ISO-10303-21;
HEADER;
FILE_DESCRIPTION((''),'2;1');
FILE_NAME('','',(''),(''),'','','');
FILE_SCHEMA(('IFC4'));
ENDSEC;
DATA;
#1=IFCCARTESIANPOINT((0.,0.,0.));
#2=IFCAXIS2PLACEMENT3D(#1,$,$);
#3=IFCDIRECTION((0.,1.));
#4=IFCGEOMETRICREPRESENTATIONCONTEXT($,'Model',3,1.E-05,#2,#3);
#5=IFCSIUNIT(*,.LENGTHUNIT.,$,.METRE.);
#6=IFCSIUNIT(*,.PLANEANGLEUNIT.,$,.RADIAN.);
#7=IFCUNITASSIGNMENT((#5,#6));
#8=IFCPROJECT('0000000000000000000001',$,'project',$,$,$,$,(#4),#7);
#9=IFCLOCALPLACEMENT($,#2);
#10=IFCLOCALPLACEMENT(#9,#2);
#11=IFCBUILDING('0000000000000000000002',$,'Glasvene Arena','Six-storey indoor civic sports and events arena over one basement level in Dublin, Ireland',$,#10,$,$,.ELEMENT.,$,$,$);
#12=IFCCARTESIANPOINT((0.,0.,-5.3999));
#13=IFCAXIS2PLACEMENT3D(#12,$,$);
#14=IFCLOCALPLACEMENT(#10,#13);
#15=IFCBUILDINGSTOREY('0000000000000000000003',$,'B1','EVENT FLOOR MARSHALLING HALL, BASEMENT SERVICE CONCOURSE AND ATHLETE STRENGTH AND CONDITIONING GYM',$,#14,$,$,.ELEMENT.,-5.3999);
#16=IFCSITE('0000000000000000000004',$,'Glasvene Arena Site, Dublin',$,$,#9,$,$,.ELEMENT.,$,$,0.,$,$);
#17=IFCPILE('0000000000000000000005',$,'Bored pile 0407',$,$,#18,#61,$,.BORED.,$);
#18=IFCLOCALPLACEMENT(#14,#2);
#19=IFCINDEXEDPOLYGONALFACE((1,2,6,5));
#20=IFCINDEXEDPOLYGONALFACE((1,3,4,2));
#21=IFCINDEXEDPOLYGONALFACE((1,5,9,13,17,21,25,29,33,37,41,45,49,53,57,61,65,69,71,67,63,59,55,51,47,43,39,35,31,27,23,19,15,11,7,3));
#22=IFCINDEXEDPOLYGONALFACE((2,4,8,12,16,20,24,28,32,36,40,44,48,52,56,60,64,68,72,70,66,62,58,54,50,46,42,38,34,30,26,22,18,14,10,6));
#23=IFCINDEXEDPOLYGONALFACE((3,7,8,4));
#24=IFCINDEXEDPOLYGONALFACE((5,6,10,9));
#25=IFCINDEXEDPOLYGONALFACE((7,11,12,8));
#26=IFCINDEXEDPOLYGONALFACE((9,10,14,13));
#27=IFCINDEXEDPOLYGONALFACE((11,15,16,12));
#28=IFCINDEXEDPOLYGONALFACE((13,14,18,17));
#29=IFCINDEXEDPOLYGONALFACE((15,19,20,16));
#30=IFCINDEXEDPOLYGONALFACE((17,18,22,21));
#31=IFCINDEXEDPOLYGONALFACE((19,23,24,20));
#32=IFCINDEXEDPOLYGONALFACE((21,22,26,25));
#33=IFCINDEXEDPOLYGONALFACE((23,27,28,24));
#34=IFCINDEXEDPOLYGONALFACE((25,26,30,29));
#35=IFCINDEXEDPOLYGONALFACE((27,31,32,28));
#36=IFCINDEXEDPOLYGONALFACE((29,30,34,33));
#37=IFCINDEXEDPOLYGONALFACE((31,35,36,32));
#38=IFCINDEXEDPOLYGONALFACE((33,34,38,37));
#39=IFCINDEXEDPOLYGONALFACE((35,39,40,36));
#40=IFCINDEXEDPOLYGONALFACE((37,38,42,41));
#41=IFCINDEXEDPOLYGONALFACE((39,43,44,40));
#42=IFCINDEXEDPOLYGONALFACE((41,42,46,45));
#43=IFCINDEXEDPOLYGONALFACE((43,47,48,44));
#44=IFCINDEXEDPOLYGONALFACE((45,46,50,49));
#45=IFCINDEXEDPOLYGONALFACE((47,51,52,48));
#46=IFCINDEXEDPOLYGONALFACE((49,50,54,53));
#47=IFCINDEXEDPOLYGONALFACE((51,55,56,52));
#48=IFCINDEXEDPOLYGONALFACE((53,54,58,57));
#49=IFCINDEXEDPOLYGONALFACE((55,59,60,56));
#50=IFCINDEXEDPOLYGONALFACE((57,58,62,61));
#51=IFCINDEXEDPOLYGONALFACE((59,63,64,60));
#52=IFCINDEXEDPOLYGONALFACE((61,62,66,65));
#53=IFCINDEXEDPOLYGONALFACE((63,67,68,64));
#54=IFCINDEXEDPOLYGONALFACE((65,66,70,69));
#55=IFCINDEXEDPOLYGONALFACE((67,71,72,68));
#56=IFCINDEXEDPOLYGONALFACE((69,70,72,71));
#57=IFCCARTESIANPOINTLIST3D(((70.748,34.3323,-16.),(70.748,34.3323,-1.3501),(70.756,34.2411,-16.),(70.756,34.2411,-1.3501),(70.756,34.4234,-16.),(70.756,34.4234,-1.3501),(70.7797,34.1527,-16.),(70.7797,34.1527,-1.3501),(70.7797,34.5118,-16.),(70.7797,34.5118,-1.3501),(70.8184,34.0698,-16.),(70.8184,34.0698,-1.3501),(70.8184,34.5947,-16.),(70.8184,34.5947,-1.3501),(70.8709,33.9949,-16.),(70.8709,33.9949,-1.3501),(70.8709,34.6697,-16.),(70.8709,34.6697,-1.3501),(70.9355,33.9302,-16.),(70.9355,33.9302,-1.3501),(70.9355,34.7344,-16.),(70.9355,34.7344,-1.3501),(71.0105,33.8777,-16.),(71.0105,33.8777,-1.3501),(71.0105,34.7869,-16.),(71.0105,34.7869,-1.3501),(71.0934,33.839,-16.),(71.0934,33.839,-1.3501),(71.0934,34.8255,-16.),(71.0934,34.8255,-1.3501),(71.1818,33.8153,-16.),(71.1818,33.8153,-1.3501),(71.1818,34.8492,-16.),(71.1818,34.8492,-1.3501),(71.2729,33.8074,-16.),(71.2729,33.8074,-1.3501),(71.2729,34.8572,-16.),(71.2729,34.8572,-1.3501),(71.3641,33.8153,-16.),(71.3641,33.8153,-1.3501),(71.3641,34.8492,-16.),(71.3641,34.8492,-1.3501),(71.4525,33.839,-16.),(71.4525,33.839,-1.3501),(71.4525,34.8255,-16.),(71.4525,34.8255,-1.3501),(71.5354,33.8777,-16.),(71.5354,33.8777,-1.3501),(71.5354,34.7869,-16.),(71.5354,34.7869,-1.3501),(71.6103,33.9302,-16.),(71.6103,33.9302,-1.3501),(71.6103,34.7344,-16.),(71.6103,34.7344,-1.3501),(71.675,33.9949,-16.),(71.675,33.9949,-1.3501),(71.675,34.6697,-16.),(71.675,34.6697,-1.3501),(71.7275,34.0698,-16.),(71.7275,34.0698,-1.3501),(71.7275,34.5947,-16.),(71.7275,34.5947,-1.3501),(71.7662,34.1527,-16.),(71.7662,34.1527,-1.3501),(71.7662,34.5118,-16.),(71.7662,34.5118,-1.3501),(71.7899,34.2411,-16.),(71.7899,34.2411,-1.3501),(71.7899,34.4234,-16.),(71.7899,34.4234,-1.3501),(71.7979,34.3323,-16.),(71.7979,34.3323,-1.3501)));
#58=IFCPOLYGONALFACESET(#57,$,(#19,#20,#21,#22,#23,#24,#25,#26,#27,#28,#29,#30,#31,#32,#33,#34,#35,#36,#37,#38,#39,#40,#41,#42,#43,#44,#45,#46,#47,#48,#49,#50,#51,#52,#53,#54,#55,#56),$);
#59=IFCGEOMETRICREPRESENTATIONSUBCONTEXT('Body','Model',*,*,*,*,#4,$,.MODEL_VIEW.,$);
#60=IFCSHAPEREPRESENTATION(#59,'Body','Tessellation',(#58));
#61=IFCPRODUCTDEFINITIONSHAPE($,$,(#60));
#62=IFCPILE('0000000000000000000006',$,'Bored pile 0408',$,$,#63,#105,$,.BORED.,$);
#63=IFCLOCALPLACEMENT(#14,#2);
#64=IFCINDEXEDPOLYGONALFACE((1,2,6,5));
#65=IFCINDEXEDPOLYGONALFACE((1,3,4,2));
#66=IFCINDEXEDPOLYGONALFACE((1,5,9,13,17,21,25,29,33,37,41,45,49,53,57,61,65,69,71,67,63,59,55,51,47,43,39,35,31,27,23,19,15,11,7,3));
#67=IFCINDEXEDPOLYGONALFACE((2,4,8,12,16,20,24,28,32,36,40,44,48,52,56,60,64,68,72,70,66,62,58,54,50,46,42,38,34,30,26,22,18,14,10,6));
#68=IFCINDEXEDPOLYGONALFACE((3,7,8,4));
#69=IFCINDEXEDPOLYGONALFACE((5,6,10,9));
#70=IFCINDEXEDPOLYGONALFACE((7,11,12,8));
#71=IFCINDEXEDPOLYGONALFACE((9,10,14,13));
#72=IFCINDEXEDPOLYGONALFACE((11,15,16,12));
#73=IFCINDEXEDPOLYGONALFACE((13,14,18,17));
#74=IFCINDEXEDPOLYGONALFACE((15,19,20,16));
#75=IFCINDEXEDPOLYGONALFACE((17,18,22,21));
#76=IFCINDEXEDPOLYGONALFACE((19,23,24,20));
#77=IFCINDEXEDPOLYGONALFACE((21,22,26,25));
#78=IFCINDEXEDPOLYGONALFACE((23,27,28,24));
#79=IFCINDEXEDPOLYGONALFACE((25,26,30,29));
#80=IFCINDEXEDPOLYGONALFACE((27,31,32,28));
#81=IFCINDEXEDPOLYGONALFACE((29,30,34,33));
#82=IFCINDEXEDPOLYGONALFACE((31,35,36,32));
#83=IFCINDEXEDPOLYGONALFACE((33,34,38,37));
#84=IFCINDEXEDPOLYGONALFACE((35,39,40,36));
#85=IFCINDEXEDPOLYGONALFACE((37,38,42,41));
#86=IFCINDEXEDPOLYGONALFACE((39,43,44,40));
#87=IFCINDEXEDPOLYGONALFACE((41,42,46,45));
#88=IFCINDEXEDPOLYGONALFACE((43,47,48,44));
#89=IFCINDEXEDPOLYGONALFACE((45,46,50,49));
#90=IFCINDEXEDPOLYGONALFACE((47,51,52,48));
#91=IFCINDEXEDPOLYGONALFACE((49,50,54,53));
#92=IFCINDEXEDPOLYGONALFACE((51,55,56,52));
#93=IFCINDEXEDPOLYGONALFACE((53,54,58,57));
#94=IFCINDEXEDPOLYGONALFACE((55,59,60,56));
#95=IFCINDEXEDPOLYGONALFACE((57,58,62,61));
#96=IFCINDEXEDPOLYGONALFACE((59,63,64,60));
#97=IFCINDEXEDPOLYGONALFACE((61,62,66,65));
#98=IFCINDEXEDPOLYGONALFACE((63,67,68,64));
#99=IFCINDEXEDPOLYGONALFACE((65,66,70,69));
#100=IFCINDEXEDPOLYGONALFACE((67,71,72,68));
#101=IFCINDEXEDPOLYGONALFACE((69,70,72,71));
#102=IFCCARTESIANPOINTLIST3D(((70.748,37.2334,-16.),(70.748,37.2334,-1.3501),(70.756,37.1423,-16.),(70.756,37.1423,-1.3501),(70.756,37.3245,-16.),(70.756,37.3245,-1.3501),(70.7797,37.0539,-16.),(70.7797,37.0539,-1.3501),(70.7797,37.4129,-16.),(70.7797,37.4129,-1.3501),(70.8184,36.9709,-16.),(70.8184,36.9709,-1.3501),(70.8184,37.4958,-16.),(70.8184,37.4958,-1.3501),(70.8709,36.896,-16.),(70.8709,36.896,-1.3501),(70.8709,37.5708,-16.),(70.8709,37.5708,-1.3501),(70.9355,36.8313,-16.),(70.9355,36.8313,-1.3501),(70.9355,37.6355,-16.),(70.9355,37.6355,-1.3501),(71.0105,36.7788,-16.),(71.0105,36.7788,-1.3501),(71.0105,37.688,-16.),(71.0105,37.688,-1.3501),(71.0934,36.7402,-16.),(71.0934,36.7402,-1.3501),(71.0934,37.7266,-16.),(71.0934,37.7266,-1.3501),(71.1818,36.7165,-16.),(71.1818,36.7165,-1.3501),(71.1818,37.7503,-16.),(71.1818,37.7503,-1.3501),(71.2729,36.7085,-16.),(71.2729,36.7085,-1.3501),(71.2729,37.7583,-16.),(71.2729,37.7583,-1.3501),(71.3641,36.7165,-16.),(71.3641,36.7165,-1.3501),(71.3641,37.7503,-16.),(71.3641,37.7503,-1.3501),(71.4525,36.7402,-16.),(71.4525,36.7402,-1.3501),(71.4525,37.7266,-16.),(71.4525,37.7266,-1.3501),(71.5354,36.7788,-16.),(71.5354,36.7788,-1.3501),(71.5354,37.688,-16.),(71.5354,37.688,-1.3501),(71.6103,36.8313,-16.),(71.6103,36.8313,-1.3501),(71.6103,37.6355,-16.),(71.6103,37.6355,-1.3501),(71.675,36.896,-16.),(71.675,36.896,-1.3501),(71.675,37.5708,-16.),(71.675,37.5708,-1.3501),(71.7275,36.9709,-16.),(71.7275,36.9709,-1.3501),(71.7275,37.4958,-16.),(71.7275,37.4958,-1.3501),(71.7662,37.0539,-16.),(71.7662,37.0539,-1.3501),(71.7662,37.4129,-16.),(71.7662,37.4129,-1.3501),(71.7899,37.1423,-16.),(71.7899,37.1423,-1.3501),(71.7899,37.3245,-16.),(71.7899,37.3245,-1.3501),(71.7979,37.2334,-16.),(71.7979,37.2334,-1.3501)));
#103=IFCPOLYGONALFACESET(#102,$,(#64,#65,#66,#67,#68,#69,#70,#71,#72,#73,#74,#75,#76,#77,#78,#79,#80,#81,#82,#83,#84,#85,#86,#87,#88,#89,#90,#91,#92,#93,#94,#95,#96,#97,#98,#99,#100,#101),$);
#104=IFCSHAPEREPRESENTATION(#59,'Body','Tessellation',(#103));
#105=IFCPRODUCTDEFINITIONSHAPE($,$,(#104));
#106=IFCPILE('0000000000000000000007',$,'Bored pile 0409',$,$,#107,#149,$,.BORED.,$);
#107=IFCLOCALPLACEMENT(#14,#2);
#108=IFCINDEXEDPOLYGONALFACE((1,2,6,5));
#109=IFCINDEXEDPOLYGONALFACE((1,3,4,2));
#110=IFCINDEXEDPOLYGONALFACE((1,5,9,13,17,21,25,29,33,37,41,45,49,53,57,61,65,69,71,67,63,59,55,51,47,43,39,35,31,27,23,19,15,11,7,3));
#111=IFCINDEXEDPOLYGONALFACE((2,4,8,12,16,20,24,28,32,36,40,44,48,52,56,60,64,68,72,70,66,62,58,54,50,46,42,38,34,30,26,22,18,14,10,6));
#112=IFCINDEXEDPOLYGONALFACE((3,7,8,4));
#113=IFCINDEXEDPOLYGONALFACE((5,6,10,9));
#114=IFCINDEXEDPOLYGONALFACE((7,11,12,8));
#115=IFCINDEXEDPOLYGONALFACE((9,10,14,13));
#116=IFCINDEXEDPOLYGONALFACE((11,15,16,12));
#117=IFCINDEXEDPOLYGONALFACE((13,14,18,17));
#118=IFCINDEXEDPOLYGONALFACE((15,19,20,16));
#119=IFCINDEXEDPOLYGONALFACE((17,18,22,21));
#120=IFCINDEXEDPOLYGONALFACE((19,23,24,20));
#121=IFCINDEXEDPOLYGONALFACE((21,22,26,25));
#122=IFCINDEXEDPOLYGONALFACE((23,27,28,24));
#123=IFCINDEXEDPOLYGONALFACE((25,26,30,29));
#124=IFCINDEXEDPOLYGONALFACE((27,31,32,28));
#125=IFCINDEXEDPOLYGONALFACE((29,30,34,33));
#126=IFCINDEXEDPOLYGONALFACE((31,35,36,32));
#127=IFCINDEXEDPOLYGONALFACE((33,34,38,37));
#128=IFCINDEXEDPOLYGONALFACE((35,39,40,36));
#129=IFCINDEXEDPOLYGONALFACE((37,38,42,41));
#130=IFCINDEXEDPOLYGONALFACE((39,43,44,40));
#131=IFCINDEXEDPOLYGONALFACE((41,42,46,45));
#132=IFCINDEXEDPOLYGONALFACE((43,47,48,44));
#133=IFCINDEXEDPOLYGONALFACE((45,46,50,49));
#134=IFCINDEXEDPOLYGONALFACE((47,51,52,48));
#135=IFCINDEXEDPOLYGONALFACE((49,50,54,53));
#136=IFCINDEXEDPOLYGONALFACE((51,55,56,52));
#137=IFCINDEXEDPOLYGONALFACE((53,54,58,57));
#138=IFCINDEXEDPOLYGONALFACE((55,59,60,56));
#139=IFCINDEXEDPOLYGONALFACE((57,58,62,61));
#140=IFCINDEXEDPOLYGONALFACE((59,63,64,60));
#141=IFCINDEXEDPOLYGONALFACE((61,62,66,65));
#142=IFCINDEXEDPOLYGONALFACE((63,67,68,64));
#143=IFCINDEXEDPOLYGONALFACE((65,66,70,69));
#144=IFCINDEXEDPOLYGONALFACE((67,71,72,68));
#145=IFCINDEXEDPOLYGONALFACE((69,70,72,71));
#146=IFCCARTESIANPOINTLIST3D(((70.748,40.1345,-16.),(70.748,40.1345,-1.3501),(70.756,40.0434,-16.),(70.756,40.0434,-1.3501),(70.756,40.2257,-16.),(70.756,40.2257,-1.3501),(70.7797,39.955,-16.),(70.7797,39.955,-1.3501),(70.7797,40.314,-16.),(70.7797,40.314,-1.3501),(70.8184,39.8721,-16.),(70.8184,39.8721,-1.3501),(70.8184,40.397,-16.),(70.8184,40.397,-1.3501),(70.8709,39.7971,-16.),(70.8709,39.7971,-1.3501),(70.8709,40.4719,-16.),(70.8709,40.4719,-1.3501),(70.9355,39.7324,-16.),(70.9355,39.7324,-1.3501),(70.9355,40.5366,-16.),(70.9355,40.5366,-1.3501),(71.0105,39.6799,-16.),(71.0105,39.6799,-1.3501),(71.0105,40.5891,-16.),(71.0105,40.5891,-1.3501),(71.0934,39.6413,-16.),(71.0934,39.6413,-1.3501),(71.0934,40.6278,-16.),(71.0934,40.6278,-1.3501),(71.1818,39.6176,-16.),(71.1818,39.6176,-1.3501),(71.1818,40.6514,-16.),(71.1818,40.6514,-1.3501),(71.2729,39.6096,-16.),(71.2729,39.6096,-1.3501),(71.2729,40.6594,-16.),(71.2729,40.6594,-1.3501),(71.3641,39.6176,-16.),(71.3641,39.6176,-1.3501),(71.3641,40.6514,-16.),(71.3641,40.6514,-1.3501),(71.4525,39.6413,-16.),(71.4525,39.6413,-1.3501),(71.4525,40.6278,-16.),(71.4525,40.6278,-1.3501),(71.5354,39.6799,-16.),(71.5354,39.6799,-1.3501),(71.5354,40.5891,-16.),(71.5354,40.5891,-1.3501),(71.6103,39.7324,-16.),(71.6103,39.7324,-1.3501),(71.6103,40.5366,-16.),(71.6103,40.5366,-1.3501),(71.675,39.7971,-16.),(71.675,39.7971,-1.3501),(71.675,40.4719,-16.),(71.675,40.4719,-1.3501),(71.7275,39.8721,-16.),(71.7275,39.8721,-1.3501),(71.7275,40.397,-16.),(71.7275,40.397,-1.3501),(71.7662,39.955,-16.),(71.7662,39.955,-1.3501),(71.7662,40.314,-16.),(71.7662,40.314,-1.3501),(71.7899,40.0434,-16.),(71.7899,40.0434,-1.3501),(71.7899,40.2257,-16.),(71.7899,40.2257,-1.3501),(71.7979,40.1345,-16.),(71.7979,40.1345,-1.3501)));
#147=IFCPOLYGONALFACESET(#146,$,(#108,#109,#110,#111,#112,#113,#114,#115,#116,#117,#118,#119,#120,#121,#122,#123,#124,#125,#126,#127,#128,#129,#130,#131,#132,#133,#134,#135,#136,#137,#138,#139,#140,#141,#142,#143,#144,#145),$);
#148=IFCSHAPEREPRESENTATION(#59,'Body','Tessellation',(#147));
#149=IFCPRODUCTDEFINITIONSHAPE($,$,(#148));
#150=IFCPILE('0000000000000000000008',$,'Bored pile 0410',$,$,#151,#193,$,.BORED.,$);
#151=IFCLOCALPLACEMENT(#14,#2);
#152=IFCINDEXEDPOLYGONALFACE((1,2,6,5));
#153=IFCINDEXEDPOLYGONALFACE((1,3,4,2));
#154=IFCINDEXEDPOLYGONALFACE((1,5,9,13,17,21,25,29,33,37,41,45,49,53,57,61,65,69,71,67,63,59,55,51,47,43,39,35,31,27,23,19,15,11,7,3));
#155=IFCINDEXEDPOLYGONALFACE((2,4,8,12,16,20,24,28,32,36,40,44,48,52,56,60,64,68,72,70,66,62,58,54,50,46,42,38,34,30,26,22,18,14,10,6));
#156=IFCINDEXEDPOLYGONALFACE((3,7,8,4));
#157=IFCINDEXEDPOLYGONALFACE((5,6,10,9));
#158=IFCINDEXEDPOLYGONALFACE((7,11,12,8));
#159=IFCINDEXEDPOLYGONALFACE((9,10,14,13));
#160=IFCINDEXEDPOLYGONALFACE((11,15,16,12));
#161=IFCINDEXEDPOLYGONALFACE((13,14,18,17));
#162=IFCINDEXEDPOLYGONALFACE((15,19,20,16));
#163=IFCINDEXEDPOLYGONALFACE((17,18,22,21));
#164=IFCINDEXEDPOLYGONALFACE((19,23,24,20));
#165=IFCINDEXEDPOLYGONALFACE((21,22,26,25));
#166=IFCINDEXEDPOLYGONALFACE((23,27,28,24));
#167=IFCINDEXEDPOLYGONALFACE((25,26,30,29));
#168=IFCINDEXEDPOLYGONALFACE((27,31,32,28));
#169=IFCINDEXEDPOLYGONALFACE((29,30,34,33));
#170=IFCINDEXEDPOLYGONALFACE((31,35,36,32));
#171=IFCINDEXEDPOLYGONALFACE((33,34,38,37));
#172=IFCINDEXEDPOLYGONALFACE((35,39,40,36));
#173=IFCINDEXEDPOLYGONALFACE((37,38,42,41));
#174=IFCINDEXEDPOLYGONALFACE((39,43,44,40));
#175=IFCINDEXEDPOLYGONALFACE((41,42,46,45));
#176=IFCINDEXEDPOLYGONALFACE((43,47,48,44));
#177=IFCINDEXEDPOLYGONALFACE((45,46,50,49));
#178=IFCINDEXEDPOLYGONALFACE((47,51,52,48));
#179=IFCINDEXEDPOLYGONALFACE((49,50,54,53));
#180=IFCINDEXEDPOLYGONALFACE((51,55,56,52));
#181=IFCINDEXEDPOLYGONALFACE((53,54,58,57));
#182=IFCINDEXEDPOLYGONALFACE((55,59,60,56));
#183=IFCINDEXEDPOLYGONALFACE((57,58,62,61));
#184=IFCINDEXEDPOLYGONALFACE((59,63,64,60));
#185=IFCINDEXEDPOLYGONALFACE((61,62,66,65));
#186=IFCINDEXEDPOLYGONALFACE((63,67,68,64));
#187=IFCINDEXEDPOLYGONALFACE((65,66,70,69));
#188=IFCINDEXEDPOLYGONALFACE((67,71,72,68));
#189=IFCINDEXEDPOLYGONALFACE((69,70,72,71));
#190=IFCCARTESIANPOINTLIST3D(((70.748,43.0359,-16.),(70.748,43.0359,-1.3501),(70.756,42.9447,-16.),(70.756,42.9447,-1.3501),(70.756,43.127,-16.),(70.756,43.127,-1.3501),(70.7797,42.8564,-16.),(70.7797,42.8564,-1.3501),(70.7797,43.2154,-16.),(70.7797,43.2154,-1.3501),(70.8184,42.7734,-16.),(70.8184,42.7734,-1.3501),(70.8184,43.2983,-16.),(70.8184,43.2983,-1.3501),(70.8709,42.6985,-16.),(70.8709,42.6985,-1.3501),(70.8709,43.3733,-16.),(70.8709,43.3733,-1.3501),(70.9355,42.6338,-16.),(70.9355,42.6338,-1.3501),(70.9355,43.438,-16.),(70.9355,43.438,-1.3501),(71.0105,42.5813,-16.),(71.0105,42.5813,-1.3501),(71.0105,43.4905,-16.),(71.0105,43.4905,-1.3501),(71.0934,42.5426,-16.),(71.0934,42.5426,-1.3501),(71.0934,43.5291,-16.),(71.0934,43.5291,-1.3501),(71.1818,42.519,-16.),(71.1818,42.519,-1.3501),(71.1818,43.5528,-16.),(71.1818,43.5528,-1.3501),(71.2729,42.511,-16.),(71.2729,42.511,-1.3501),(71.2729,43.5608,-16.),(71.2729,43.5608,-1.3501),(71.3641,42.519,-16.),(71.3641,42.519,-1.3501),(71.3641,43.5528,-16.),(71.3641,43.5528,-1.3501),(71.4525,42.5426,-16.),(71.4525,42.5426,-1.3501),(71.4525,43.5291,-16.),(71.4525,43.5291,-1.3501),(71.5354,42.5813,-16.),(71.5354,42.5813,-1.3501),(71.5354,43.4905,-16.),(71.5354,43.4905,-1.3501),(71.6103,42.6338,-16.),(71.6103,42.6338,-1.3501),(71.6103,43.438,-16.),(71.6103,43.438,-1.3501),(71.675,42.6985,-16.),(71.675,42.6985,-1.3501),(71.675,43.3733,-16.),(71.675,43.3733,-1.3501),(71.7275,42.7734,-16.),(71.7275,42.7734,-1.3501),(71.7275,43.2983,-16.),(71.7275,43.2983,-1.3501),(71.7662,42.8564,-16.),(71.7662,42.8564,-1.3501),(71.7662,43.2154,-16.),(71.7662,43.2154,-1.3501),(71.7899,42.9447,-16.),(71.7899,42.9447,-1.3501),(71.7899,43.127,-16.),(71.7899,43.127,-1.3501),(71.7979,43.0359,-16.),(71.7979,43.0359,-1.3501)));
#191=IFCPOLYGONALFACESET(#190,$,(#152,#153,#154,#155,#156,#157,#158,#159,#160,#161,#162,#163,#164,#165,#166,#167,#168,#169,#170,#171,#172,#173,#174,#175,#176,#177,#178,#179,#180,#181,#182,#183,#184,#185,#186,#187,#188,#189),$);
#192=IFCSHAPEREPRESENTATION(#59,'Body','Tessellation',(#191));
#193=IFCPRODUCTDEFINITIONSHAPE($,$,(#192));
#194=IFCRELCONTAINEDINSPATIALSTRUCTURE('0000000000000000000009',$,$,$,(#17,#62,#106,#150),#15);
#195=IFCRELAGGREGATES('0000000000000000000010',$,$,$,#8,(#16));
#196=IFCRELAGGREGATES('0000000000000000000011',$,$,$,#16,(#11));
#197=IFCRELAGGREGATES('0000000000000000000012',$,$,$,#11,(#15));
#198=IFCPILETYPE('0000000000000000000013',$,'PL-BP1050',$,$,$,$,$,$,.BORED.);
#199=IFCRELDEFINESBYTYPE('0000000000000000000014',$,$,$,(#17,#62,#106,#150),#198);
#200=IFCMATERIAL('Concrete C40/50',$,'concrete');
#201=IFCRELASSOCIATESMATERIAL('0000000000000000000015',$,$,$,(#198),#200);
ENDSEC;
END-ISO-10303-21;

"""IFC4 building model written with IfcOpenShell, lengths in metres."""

from ifc_helpers import new_model, si_unit, direction, frame, origin, origin_2d, place, context, subcontext, project, spatial, circle, extrude, material, material_profile, profile_set, type_object, element, save


model = new_model("IFC4")

# Units and contexts
model_context = context("Model", 3, precision=1e-05, world=origin(), true_north=direction((0.0, 1.0)))
body_context = subcontext(model_context, "Body", "Model", "MODEL_VIEW")
ifc_project = project(units=[si_unit("LENGTHUNIT", "METRE"), si_unit("PLANEANGLEUNIT", "RADIAN")], contexts=[model_context])

# Site, building, storey
site_placement = place(None, origin())
site = spatial("IfcSite", under=ifc_project, at=site_placement, Name="Glasvene Arena Site, Dublin", CompositionType="ELEMENT", RefElevation=0.0)
building_placement = place(site_placement, origin())
building = spatial("IfcBuilding", under=site, at=building_placement, Name="Glasvene Arena", Description="Six-storey indoor civic sports and events arena over one basement level in Dublin, Ireland", CompositionType="ELEMENT")
storey_placement = place(building_placement, frame((0.0, 0.0, -5.3999)))
storey = spatial("IfcBuildingStorey", under=building, at=storey_placement, Name="B1", Description="EVENT FLOOR MARSHALLING HALL, BASEMENT SERVICE CONCOURSE AND ATHLETE STRENGTH AND CONDITIONING GYM", CompositionType="ELEMENT", Elevation=-5.3999)

# Piles
ifc_material_1 = material(Name="Concrete C40/50", Category="concrete")
ifc_material_profile_1 = material_profile(ifc_material_1, circle(Radius=0.5249, at=origin_2d()), Name="BORED PILE 1050")
ifc_profile_set_1 = profile_set([ifc_material_profile_1], Name="Concrete C40/50")
pile_type = type_object("IfcPileType", Name="PL-BP1050", PredefinedType="BORED", material=ifc_profile_set_1)
for number, where, z_axis, x_axis, name in (
    (1, (71.2729, 34.3323, -1.3501), (0.0, 0.0, -1.0), (1.0, 0.0, 0.0), "Bored pile 0407"),
    (2, (71.2729, 37.2334, -1.3501), (0.0, 0.0, -1.0), (1.0, 0.0, 0.0), "Bored pile 0408"),
    (3, (71.2729, 40.1345, -1.3501), (0.0, 0.0, -1.0), (1.0, 0.0, 0.0), "Bored pile 0409"),
    (4, (71.2729, 43.0359, -1.3501), (0.0, 0.0, -1.0), (1.0, 0.0, 0.0), "Bored pile 0410"),
):
    element("IfcPile", number, at=place(storey_placement, frame(where, z_axis=z_axis, x_axis=x_axis)), inside=storey, type_object=pile_type, Name=name, PredefinedType="BORED", context=body_context, shape_type="SweptSolid", body=[
        extrude(circle(Radius=0.5249, at=origin_2d()), origin(), (0.0, 0.0, 1.0), 14.6499),
    ])

save(model, "model.ifc")
